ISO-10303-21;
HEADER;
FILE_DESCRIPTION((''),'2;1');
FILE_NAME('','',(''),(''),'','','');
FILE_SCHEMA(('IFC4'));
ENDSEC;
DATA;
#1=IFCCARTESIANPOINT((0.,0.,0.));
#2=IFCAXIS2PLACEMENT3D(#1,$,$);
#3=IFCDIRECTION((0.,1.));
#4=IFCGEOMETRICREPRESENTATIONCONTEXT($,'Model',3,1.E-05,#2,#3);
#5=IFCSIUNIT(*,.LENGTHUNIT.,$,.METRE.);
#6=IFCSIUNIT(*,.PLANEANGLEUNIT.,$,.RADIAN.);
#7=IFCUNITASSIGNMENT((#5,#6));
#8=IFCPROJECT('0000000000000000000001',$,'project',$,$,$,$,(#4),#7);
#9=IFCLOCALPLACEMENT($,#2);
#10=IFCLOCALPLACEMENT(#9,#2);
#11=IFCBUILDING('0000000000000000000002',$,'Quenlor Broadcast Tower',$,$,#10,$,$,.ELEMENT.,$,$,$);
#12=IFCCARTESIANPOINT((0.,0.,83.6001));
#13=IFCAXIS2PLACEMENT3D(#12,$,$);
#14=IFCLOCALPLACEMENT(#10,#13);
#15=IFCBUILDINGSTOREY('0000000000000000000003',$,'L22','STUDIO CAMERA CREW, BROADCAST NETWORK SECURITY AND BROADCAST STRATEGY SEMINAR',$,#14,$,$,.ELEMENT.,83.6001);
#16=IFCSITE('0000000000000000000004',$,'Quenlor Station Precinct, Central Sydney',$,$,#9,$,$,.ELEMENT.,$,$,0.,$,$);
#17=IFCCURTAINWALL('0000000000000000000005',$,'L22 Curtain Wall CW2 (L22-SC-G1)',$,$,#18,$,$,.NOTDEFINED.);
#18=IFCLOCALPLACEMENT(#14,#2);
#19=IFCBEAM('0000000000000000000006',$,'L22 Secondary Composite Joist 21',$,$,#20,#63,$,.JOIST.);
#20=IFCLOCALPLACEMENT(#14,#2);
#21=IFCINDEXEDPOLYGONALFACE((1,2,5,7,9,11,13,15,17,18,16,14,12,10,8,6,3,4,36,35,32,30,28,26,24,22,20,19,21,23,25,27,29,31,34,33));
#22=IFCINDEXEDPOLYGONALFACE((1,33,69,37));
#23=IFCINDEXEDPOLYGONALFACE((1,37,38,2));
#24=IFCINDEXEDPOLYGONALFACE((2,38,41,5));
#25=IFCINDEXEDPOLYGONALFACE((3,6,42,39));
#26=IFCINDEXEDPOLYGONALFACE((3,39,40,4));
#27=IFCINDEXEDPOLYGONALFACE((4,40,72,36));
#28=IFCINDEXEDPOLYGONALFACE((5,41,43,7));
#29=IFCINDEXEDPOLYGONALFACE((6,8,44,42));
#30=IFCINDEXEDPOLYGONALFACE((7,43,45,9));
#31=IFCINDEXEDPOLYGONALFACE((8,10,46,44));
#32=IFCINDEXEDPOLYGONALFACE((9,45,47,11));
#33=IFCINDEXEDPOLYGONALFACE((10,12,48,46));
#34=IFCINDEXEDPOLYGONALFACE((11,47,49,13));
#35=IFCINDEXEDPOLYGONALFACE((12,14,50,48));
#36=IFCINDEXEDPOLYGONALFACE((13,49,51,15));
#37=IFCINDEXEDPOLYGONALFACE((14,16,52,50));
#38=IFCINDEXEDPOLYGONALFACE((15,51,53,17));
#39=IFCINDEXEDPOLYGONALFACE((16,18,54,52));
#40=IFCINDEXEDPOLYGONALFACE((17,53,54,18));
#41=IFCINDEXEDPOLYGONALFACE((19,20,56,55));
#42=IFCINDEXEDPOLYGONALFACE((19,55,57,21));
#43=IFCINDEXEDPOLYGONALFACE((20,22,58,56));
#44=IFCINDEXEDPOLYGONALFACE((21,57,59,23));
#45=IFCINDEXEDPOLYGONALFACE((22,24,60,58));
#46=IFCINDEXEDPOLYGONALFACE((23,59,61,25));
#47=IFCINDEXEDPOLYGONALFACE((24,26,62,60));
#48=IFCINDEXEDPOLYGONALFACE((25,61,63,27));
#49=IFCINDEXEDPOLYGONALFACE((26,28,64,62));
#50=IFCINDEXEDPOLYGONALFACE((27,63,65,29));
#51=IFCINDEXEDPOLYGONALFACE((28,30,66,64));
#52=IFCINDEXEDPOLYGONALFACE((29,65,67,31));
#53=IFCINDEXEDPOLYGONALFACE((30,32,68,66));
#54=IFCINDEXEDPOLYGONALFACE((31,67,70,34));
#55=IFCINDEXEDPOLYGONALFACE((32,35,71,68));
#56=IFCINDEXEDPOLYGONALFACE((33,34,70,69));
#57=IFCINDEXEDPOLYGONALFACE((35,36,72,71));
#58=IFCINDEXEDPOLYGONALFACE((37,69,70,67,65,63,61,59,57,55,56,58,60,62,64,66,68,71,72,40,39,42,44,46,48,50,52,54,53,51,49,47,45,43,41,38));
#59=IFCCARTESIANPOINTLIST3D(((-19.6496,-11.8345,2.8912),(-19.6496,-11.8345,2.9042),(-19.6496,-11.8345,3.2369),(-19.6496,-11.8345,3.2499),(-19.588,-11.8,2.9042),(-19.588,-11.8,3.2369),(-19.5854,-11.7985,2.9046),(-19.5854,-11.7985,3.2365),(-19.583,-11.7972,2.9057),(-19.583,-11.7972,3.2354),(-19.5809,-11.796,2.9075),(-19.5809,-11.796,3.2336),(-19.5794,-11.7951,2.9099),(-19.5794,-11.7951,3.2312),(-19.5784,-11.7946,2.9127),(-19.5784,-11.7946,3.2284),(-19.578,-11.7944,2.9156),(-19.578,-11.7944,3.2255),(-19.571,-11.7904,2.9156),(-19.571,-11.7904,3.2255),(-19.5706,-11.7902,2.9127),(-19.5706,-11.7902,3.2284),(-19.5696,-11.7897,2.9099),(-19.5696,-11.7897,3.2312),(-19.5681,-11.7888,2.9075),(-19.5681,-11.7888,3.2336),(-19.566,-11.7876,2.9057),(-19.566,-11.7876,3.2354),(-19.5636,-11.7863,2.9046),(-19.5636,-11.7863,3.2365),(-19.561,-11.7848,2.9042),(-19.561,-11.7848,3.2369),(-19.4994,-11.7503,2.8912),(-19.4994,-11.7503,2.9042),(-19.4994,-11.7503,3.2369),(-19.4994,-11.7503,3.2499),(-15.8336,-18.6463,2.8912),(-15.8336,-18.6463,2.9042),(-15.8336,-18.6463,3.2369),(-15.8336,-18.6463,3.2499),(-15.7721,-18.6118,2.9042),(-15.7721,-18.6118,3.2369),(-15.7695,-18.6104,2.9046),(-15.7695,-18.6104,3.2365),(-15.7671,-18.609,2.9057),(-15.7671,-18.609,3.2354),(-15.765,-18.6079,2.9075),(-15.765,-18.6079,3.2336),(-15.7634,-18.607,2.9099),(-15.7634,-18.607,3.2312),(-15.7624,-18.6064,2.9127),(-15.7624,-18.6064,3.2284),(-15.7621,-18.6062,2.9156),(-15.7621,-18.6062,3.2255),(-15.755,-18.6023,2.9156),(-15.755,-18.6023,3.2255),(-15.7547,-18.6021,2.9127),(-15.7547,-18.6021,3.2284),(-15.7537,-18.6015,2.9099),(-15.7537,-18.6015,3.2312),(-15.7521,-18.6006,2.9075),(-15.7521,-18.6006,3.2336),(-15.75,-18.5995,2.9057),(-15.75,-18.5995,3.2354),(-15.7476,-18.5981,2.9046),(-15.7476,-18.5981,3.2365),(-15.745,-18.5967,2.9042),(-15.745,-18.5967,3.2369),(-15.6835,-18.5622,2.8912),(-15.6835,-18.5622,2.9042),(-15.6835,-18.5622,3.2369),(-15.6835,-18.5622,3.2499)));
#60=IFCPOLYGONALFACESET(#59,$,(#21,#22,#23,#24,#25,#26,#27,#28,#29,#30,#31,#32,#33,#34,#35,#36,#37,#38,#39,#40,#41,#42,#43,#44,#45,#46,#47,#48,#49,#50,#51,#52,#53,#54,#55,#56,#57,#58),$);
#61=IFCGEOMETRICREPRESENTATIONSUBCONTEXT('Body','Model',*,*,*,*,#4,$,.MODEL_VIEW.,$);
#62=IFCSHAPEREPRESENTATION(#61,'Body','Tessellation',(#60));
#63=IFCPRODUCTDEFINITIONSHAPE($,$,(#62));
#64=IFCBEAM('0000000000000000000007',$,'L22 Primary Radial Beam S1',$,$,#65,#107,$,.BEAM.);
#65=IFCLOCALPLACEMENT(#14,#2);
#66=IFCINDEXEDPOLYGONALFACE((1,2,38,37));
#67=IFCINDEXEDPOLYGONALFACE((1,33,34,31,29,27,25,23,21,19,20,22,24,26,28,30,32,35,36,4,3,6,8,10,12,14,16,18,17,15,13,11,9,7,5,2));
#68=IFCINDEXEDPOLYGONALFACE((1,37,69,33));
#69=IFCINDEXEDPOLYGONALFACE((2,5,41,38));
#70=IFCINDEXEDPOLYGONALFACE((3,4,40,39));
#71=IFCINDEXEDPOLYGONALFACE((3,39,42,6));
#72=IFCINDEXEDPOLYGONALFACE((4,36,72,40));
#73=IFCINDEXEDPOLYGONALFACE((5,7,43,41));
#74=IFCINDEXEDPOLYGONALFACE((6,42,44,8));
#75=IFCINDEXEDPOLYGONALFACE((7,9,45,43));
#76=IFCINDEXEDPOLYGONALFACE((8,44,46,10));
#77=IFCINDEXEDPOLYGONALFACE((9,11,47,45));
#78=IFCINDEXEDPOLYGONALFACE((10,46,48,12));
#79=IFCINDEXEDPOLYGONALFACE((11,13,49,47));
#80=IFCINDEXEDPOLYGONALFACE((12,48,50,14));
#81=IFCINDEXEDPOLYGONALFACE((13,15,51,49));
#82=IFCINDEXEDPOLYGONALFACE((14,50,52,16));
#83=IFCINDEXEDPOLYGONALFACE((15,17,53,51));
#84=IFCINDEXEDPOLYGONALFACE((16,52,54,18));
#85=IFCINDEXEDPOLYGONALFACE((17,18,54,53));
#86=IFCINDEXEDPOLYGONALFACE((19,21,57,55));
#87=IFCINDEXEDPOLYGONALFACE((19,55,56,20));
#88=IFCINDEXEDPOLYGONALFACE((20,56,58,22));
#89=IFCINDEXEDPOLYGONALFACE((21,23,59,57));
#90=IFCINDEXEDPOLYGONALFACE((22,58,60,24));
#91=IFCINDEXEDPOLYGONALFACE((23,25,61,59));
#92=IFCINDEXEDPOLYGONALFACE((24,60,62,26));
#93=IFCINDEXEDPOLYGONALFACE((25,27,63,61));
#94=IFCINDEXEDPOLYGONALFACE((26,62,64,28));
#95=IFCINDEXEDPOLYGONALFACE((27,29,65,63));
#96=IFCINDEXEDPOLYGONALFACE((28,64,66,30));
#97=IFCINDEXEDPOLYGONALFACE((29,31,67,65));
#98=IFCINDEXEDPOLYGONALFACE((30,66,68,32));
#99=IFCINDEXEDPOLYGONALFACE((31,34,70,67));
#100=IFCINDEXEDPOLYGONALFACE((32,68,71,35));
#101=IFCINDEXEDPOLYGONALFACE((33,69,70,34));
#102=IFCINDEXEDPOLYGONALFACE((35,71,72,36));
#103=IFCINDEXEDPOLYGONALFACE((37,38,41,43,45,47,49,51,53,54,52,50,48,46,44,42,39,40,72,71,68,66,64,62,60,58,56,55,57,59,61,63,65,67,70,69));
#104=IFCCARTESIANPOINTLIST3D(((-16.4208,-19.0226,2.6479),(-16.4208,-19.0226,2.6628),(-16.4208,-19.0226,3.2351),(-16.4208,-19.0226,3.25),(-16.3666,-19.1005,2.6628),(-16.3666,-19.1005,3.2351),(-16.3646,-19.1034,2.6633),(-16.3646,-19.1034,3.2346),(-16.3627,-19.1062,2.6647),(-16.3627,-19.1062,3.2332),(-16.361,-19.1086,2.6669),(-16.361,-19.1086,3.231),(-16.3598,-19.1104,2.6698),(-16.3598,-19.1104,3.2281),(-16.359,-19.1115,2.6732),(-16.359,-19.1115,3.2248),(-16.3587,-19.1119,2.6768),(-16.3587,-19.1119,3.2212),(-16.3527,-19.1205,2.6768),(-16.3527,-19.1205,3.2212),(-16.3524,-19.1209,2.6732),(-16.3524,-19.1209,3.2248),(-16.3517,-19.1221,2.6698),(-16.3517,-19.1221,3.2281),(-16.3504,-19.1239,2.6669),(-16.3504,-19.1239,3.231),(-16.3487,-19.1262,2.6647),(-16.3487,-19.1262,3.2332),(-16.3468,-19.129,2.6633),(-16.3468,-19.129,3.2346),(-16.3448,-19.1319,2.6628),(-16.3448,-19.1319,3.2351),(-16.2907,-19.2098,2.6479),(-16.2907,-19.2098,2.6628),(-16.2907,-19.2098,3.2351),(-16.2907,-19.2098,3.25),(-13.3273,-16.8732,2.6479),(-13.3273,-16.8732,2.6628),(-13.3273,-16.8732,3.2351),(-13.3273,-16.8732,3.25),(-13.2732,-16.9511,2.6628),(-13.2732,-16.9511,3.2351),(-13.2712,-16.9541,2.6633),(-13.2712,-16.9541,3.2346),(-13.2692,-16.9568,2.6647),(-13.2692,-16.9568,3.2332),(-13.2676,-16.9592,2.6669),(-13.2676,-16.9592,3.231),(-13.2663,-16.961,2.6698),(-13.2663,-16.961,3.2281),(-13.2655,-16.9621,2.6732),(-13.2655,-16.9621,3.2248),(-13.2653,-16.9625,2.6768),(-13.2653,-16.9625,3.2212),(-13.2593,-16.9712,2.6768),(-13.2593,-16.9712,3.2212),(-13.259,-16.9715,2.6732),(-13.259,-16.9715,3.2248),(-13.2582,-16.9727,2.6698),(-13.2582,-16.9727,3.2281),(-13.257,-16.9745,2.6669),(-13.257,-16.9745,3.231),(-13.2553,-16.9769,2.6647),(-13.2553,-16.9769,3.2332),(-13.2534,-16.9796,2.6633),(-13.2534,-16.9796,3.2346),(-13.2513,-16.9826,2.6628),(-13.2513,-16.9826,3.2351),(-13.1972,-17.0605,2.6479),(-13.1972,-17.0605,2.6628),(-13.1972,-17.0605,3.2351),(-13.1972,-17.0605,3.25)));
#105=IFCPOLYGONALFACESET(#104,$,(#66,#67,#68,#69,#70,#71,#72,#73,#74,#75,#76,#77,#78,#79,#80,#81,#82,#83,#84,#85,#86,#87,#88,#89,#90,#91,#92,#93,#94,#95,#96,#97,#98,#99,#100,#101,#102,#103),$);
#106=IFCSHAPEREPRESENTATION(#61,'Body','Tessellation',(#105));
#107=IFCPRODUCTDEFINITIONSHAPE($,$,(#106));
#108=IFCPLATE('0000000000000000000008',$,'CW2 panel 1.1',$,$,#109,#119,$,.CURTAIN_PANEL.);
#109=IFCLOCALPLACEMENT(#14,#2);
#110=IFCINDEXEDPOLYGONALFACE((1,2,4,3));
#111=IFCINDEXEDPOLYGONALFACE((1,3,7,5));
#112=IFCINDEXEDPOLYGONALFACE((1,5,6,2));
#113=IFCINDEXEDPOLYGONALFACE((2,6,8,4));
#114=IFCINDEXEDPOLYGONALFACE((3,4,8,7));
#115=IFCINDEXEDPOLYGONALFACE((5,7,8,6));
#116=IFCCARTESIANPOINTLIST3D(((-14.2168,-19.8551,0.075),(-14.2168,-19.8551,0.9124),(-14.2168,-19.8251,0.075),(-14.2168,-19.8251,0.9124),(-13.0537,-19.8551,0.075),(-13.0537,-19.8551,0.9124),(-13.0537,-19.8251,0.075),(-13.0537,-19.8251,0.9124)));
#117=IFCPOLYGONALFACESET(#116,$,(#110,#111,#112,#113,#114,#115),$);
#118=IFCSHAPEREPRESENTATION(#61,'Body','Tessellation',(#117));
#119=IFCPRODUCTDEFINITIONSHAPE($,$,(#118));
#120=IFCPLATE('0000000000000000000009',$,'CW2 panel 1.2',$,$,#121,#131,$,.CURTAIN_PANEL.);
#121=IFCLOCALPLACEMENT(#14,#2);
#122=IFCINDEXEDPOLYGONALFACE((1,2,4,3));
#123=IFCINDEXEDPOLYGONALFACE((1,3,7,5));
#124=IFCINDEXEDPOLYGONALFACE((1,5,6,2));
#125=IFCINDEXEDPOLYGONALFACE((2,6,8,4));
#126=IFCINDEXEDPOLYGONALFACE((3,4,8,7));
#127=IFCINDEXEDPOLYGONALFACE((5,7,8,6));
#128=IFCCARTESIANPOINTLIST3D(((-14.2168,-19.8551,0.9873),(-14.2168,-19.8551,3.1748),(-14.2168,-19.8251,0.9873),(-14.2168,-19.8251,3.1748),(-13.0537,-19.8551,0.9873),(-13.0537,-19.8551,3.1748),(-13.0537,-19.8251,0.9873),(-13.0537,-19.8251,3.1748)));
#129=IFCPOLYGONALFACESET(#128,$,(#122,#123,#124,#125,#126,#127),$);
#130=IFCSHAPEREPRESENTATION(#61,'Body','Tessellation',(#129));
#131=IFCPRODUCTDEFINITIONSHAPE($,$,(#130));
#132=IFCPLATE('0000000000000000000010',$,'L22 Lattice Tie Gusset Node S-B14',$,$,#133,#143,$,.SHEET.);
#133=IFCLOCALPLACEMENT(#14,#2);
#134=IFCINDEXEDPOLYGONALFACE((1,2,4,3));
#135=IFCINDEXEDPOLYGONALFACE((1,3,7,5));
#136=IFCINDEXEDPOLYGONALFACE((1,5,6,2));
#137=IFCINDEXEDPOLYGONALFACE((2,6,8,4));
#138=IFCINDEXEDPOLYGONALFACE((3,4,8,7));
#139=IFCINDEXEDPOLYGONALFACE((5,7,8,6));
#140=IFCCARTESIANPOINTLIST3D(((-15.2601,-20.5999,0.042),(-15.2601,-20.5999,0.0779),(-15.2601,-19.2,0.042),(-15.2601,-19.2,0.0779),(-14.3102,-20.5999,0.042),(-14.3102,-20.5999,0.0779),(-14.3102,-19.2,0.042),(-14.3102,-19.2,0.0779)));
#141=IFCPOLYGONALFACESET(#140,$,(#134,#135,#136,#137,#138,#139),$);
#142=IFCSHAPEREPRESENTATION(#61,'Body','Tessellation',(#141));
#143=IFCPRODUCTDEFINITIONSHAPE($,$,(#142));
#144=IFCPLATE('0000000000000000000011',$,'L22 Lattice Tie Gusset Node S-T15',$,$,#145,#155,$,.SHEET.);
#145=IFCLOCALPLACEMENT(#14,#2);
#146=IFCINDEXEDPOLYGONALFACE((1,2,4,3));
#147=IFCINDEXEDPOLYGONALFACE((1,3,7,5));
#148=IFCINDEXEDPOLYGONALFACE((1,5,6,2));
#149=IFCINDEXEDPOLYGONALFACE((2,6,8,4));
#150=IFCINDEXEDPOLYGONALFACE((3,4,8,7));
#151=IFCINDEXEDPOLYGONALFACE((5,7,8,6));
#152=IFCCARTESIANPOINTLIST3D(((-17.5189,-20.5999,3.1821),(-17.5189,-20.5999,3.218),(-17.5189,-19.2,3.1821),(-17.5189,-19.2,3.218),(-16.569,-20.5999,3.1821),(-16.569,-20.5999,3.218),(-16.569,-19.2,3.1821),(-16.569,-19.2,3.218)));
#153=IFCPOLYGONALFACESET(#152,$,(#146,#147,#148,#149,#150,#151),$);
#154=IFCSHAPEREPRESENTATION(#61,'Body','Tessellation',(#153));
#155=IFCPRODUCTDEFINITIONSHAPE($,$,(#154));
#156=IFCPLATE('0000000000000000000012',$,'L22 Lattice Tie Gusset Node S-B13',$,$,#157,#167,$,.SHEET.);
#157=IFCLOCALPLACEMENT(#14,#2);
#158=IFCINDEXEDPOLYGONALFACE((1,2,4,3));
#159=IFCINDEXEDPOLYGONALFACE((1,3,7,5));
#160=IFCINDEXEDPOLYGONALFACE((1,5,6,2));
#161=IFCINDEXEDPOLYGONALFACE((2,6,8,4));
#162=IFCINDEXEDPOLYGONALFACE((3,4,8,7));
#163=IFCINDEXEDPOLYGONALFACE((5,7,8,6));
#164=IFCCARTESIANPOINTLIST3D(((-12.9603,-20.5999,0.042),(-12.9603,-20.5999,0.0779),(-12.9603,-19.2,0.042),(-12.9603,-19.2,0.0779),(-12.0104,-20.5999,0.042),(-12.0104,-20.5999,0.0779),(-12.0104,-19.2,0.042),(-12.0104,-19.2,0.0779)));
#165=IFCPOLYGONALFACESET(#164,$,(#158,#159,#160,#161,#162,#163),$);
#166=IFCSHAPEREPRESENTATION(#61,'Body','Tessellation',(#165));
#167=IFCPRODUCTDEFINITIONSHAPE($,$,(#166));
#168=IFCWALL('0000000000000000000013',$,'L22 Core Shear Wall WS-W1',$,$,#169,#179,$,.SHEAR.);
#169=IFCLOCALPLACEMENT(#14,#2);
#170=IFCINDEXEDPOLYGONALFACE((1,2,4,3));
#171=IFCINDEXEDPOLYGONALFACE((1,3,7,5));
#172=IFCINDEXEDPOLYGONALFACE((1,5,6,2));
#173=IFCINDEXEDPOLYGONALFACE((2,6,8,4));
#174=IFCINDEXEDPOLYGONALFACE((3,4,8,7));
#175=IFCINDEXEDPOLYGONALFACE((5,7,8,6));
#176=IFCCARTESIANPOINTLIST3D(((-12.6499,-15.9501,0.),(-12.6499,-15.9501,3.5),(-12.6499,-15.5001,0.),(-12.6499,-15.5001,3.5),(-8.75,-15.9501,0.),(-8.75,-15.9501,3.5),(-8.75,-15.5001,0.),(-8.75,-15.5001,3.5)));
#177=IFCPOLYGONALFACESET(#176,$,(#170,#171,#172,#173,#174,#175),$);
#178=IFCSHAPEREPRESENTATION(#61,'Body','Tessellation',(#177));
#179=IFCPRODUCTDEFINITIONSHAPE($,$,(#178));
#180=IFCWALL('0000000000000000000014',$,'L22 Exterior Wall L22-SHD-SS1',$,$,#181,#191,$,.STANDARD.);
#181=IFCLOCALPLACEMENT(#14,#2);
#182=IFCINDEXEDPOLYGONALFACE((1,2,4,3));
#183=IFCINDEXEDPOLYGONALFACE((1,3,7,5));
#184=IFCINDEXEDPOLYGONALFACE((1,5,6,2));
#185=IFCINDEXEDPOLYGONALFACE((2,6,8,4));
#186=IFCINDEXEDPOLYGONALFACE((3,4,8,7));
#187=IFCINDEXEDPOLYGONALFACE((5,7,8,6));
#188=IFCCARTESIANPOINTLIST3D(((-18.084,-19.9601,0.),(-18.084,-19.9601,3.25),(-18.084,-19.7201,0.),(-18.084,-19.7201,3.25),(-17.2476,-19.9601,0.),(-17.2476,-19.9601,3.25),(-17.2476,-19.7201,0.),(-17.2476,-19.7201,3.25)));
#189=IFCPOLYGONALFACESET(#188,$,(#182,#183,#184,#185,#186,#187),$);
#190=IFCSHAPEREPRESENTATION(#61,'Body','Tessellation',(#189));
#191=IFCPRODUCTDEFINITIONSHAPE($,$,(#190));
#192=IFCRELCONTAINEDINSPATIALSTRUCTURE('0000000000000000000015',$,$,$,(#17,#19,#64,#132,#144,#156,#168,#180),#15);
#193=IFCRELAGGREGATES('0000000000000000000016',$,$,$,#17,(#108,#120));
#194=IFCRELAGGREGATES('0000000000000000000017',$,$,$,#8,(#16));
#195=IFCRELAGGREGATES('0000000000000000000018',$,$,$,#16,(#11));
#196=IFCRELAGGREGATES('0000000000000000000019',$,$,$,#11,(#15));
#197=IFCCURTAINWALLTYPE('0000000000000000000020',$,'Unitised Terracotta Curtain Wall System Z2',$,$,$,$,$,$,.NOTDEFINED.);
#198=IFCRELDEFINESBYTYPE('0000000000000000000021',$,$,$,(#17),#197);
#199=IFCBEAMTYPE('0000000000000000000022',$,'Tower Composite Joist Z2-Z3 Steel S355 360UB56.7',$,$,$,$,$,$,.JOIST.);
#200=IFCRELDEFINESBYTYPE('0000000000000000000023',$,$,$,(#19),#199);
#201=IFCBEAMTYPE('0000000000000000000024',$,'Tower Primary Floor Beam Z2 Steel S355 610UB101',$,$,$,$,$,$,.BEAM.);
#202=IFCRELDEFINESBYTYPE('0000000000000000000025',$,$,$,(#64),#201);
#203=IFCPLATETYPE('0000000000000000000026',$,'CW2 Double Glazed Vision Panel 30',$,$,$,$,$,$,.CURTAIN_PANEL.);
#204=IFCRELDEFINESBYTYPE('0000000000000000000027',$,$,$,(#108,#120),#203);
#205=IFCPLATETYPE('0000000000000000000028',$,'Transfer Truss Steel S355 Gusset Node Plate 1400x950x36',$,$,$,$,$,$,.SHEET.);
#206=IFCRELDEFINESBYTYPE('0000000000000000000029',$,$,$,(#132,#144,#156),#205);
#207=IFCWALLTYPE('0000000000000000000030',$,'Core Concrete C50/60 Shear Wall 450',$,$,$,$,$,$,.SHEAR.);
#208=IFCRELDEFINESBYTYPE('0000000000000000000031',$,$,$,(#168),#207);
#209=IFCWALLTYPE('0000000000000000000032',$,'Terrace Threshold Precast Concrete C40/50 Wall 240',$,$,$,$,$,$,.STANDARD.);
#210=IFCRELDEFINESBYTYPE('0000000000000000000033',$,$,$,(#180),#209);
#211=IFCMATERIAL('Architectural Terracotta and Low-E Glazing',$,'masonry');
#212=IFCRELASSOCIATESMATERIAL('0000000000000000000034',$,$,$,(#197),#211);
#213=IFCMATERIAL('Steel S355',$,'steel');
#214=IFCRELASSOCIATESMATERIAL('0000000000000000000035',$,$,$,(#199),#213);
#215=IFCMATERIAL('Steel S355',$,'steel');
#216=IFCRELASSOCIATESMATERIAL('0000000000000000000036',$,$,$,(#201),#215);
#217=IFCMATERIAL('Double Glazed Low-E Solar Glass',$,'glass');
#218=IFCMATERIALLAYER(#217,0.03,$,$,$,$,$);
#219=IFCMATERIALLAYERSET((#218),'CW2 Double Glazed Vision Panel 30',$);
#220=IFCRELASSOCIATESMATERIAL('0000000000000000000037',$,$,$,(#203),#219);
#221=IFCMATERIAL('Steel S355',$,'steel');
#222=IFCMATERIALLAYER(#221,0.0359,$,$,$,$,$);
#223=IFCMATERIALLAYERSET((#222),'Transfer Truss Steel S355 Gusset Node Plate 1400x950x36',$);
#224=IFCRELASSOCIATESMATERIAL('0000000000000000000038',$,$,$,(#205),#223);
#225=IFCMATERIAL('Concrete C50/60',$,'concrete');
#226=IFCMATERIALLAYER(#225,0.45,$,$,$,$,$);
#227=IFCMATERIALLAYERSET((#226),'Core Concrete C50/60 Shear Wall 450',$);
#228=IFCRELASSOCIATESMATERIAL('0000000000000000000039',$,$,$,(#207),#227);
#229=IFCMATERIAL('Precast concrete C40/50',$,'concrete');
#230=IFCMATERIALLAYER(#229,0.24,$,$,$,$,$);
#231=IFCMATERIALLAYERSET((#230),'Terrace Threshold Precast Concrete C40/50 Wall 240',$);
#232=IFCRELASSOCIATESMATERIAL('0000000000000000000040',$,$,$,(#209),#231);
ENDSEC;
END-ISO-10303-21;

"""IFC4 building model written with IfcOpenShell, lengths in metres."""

from ifc_helpers import new_model, si_unit, direction, frame, frame_2d, origin, origin_2d, place, context, subcontext, project, spatial, rectangle, i_section, extrude, material, layer, layer_set, material_profile, profile_set, type_object, element, aggregate, save


model = new_model("IFC4")

# Units and contexts
model_context = context("Model", 3, precision=1e-05, world=origin(), true_north=direction((0.0, 1.0)))
body_context = subcontext(model_context, "Body", "Model", "MODEL_VIEW")
ifc_project = project(units=[si_unit("LENGTHUNIT", "METRE"), si_unit("PLANEANGLEUNIT", "RADIAN")], contexts=[model_context])

# Site, building, storey
site_placement = place(None, origin())
site = spatial("IfcSite", under=ifc_project, at=site_placement, Name="Quenlor Station Precinct, Central Sydney", CompositionType="ELEMENT", RefElevation=0.0)
building_placement = place(site_placement, origin())
building = spatial("IfcBuilding", under=site, at=building_placement, Name="Quenlor Broadcast Tower", CompositionType="ELEMENT")
storey_placement = place(building_placement, frame((0.0, 0.0, 83.6001)))
storey = spatial("IfcBuildingStorey", under=building, at=storey_placement, Name="L22", Description="STUDIO CAMERA CREW, BROADCAST NETWORK SECURITY AND BROADCAST STRATEGY SEMINAR", CompositionType="ELEMENT", Elevation=83.6001)

# Curtain wall
ifc_material_1 = material(Name="Architectural Terracotta and Low-E Glazing", Category="masonry")
curtain_wall_type = type_object("IfcCurtainWallType", Name="Unitised Terracotta Curtain Wall System Z2", PredefinedType="NOTDEFINED", material=ifc_material_1)
curtain_wall_placement = place(storey_placement, origin())
curtain_wall = element("IfcCurtainWall", 1, at=curtain_wall_placement, inside=storey, type_object=curtain_wall_type, Name="L22 Curtain Wall CW2 (L22-SC-G1)", PredefinedType="NOTDEFINED")

# Beams
ifc_material_2 = material(Name="Steel S355", Category="steel")
ifc_material_profile_1 = material_profile(ifc_material_2, i_section(OverallWidth=0.1721, OverallDepth=0.3586, WebThickness=0.0081, FlangeThickness=0.0129, FilletRadius=0.0115, at=origin_2d()))
ifc_profile_set_1 = profile_set([ifc_material_profile_1], Name="Steel S355 360UB56.7")
beam_type_1 = type_object("IfcBeamType", Name="Tower Composite Joist Z2-Z3 Steel S355 360UB56.7", PredefinedType="JOIST", material=ifc_profile_set_1)
beam_1_placement = place(storey_placement, frame((-15.7585, -18.6042, 3.0706), z_axis=(-0.488733, 0.872433, 0.0), x_axis=(-0.872433, -0.488733, 0.0)))
element("IfcBeam", 2, at=beam_1_placement, inside=storey, type_object=beam_type_1, Name="L22 Secondary Composite Joist 21", PredefinedType="JOIST", context=body_context, shape_type="SweptSolid", body=[
    extrude(i_section(OverallWidth=0.1721, OverallDepth=0.3586, WebThickness=0.0081, FlangeThickness=0.0129, FilletRadius=0.0115, at=origin_2d()), origin(), (0.0, 0.0, 1.0), 7.8079),
])
ifc_material_3 = material(Name="Steel S355", Category="steel")
ifc_material_profile_2 = material_profile(ifc_material_3, i_section(OverallWidth=0.228, OverallDepth=0.6021, WebThickness=0.0105, FlangeThickness=0.0149, FilletRadius=0.0139, at=origin_2d()))
ifc_profile_set_2 = profile_set([ifc_material_profile_2], Name="Steel S355 610UB101")
beam_type_2 = type_object("IfcBeamType", Name="Tower Primary Floor Beam Z2 Steel S355 610UB101", PredefinedType="BEAM", material=ifc_profile_set_2)
beam_2_placement = place(storey_placement, frame((-16.3557, -19.1162, 2.949), z_axis=(0.821227, 0.570601, 0.0), x_axis=(-0.570601, 0.821227, 0.0)))
element("IfcBeam", 3, at=beam_2_placement, inside=storey, type_object=beam_type_2, Name="L22 Primary Radial Beam S1", PredefinedType="BEAM", context=body_context, shape_type="SweptSolid", body=[
    extrude(i_section(OverallWidth=0.228, OverallDepth=0.6021, WebThickness=0.0105, FlangeThickness=0.0149, FilletRadius=0.0139, at=origin_2d()), origin(), (0.0, 0.0, 1.0), 3.7668),
])

# Plates
ifc_material_4 = material(Name="Double Glazed Low-E Solar Glass", Category="glass")
ifc_layer_1 = layer(ifc_material_4, 0.03)
ifc_layer_set_1 = layer_set([ifc_layer_1], Name="CW2 Double Glazed Vision Panel 30")
plate_type_1 = type_object("IfcPlateType", Name="CW2 Double Glazed Vision Panel 30", PredefinedType="CURTAIN_PANEL", material=ifc_layer_set_1)
plate_1_placement = place(storey_placement, frame((-13.6353, -19.8401, 0.075), z_axis=(0.0, 0.0, 1.0), x_axis=(-1.0, 0.0, 0.0)))
plate_1 = element("IfcPlate", 4, at=plate_1_placement, type_object=plate_type_1, Name="CW2 panel 1.1", PredefinedType="CURTAIN_PANEL", context=body_context, shape_type="SweptSolid", body=[
    extrude(rectangle(XDim=1.1631, YDim=0.03, at=origin_2d()), origin(), (0.0, 0.0, 1.0), 0.8374),
])
plate_2_placement = place(storey_placement, frame((-13.6353, -19.8401, 0.9873), z_axis=(0.0, 0.0, 1.0), x_axis=(-1.0, 0.0, 0.0)))
plate_2 = element("IfcPlate", 5, at=plate_2_placement, type_object=plate_type_1, Name="CW2 panel 1.2", PredefinedType="CURTAIN_PANEL", context=body_context, shape_type="SweptSolid", body=[
    extrude(rectangle(XDim=1.1631, YDim=0.03, at=origin_2d()), origin(), (0.0, 0.0, 1.0), 2.1875),
])
aggregate(curtain_wall, [plate_1, plate_2])

# Plates
ifc_material_5 = material(Name="Steel S355", Category="steel")
ifc_layer_2 = layer(ifc_material_5, 0.0359)
ifc_layer_set_2 = layer_set([ifc_layer_2], Name="Transfer Truss Steel S355 Gusset Node Plate 1400x950x36")
plate_type_2 = type_object("IfcPlateType", Name="Transfer Truss Steel S355 Gusset Node Plate 1400x950x36", PredefinedType="SHEET", material=ifc_layer_set_2)
for number, where, z_axis, x_axis, name in (
    (6, (-14.7852, -19.8999, 0.042), (0.0, 0.0, 1.0), (0.0, -1.0, 0.0), "L22 Lattice Tie Gusset Node S-B14"),
    (7, (-17.0439, -19.8999, 3.1821), (0.0, 0.0, 1.0), (0.0, -1.0, 0.0), "L22 Lattice Tie Gusset Node S-T15"),
    (8, (-12.4854, -19.8999, 0.042), (0.0, 0.0, 1.0), (0.0, -1.0, 0.0), "L22 Lattice Tie Gusset Node S-B13"),
):
    element("IfcPlate", number, at=place(storey_placement, frame(where, z_axis=z_axis, x_axis=x_axis)), inside=storey, type_object=plate_type_2, Name=name, PredefinedType="SHEET", context=body_context, shape_type="SweptSolid", body=[
        extrude(rectangle(XDim=1.3999, YDim=0.95, at=origin_2d()), origin(), (0.0, 0.0, 1.0), 0.0359),
    ])

# Walls
ifc_material_6 = material(Name="Concrete C50/60", Category="concrete")
ifc_layer_3 = layer(ifc_material_6, 0.45)
ifc_layer_set_3 = layer_set([ifc_layer_3], Name="Core Concrete C50/60 Shear Wall 450")
wall_type_1 = type_object("IfcWallType", Name="Core Concrete C50/60 Shear Wall 450", PredefinedType="SHEAR", material=ifc_layer_set_3)
wall_1_placement = place(storey_placement, frame((-12.6499, -15.7251, 0.0), z_axis=(0.0, 0.0, 1.0), x_axis=(1.0, 0.0, 0.0)))
element("IfcWall", 9, at=wall_1_placement, inside=storey, type_object=wall_type_1, Name="L22 Core Shear Wall WS-W1", PredefinedType="SHEAR", context=body_context, shape_type="SweptSolid", body=[
    extrude(rectangle(XDim=3.8999, YDim=0.45, at=frame_2d((1.95, 0.0))), origin(), (0.0, 0.0, 1.0), 3.5),
])
ifc_material_7 = material(Name="Precast concrete C40/50", Category="concrete")
ifc_layer_4 = layer(ifc_material_7, 0.24)
ifc_layer_set_4 = layer_set([ifc_layer_4], Name="Terrace Threshold Precast Concrete C40/50 Wall 240")
wall_type_2 = type_object("IfcWallType", Name="Terrace Threshold Precast Concrete C40/50 Wall 240", PredefinedType="STANDARD", material=ifc_layer_set_4)
wall_2_placement = place(storey_placement, frame((-17.2476, -19.8401, 0.0), z_axis=(0.0, 0.0, 1.0), x_axis=(-1.0, 0.0, 0.0)))
element("IfcWall", 10, at=wall_2_placement, inside=storey, type_object=wall_type_2, Name="L22 Exterior Wall L22-SHD-SS1", PredefinedType="STANDARD", context=body_context, shape_type="SweptSolid", body=[
    extrude(rectangle(XDim=0.8364, YDim=0.24, at=frame_2d((0.4182, 0.0))), origin(), (0.0, 0.0, 1.0), 3.25),
])

save(model, "model.ifc")
